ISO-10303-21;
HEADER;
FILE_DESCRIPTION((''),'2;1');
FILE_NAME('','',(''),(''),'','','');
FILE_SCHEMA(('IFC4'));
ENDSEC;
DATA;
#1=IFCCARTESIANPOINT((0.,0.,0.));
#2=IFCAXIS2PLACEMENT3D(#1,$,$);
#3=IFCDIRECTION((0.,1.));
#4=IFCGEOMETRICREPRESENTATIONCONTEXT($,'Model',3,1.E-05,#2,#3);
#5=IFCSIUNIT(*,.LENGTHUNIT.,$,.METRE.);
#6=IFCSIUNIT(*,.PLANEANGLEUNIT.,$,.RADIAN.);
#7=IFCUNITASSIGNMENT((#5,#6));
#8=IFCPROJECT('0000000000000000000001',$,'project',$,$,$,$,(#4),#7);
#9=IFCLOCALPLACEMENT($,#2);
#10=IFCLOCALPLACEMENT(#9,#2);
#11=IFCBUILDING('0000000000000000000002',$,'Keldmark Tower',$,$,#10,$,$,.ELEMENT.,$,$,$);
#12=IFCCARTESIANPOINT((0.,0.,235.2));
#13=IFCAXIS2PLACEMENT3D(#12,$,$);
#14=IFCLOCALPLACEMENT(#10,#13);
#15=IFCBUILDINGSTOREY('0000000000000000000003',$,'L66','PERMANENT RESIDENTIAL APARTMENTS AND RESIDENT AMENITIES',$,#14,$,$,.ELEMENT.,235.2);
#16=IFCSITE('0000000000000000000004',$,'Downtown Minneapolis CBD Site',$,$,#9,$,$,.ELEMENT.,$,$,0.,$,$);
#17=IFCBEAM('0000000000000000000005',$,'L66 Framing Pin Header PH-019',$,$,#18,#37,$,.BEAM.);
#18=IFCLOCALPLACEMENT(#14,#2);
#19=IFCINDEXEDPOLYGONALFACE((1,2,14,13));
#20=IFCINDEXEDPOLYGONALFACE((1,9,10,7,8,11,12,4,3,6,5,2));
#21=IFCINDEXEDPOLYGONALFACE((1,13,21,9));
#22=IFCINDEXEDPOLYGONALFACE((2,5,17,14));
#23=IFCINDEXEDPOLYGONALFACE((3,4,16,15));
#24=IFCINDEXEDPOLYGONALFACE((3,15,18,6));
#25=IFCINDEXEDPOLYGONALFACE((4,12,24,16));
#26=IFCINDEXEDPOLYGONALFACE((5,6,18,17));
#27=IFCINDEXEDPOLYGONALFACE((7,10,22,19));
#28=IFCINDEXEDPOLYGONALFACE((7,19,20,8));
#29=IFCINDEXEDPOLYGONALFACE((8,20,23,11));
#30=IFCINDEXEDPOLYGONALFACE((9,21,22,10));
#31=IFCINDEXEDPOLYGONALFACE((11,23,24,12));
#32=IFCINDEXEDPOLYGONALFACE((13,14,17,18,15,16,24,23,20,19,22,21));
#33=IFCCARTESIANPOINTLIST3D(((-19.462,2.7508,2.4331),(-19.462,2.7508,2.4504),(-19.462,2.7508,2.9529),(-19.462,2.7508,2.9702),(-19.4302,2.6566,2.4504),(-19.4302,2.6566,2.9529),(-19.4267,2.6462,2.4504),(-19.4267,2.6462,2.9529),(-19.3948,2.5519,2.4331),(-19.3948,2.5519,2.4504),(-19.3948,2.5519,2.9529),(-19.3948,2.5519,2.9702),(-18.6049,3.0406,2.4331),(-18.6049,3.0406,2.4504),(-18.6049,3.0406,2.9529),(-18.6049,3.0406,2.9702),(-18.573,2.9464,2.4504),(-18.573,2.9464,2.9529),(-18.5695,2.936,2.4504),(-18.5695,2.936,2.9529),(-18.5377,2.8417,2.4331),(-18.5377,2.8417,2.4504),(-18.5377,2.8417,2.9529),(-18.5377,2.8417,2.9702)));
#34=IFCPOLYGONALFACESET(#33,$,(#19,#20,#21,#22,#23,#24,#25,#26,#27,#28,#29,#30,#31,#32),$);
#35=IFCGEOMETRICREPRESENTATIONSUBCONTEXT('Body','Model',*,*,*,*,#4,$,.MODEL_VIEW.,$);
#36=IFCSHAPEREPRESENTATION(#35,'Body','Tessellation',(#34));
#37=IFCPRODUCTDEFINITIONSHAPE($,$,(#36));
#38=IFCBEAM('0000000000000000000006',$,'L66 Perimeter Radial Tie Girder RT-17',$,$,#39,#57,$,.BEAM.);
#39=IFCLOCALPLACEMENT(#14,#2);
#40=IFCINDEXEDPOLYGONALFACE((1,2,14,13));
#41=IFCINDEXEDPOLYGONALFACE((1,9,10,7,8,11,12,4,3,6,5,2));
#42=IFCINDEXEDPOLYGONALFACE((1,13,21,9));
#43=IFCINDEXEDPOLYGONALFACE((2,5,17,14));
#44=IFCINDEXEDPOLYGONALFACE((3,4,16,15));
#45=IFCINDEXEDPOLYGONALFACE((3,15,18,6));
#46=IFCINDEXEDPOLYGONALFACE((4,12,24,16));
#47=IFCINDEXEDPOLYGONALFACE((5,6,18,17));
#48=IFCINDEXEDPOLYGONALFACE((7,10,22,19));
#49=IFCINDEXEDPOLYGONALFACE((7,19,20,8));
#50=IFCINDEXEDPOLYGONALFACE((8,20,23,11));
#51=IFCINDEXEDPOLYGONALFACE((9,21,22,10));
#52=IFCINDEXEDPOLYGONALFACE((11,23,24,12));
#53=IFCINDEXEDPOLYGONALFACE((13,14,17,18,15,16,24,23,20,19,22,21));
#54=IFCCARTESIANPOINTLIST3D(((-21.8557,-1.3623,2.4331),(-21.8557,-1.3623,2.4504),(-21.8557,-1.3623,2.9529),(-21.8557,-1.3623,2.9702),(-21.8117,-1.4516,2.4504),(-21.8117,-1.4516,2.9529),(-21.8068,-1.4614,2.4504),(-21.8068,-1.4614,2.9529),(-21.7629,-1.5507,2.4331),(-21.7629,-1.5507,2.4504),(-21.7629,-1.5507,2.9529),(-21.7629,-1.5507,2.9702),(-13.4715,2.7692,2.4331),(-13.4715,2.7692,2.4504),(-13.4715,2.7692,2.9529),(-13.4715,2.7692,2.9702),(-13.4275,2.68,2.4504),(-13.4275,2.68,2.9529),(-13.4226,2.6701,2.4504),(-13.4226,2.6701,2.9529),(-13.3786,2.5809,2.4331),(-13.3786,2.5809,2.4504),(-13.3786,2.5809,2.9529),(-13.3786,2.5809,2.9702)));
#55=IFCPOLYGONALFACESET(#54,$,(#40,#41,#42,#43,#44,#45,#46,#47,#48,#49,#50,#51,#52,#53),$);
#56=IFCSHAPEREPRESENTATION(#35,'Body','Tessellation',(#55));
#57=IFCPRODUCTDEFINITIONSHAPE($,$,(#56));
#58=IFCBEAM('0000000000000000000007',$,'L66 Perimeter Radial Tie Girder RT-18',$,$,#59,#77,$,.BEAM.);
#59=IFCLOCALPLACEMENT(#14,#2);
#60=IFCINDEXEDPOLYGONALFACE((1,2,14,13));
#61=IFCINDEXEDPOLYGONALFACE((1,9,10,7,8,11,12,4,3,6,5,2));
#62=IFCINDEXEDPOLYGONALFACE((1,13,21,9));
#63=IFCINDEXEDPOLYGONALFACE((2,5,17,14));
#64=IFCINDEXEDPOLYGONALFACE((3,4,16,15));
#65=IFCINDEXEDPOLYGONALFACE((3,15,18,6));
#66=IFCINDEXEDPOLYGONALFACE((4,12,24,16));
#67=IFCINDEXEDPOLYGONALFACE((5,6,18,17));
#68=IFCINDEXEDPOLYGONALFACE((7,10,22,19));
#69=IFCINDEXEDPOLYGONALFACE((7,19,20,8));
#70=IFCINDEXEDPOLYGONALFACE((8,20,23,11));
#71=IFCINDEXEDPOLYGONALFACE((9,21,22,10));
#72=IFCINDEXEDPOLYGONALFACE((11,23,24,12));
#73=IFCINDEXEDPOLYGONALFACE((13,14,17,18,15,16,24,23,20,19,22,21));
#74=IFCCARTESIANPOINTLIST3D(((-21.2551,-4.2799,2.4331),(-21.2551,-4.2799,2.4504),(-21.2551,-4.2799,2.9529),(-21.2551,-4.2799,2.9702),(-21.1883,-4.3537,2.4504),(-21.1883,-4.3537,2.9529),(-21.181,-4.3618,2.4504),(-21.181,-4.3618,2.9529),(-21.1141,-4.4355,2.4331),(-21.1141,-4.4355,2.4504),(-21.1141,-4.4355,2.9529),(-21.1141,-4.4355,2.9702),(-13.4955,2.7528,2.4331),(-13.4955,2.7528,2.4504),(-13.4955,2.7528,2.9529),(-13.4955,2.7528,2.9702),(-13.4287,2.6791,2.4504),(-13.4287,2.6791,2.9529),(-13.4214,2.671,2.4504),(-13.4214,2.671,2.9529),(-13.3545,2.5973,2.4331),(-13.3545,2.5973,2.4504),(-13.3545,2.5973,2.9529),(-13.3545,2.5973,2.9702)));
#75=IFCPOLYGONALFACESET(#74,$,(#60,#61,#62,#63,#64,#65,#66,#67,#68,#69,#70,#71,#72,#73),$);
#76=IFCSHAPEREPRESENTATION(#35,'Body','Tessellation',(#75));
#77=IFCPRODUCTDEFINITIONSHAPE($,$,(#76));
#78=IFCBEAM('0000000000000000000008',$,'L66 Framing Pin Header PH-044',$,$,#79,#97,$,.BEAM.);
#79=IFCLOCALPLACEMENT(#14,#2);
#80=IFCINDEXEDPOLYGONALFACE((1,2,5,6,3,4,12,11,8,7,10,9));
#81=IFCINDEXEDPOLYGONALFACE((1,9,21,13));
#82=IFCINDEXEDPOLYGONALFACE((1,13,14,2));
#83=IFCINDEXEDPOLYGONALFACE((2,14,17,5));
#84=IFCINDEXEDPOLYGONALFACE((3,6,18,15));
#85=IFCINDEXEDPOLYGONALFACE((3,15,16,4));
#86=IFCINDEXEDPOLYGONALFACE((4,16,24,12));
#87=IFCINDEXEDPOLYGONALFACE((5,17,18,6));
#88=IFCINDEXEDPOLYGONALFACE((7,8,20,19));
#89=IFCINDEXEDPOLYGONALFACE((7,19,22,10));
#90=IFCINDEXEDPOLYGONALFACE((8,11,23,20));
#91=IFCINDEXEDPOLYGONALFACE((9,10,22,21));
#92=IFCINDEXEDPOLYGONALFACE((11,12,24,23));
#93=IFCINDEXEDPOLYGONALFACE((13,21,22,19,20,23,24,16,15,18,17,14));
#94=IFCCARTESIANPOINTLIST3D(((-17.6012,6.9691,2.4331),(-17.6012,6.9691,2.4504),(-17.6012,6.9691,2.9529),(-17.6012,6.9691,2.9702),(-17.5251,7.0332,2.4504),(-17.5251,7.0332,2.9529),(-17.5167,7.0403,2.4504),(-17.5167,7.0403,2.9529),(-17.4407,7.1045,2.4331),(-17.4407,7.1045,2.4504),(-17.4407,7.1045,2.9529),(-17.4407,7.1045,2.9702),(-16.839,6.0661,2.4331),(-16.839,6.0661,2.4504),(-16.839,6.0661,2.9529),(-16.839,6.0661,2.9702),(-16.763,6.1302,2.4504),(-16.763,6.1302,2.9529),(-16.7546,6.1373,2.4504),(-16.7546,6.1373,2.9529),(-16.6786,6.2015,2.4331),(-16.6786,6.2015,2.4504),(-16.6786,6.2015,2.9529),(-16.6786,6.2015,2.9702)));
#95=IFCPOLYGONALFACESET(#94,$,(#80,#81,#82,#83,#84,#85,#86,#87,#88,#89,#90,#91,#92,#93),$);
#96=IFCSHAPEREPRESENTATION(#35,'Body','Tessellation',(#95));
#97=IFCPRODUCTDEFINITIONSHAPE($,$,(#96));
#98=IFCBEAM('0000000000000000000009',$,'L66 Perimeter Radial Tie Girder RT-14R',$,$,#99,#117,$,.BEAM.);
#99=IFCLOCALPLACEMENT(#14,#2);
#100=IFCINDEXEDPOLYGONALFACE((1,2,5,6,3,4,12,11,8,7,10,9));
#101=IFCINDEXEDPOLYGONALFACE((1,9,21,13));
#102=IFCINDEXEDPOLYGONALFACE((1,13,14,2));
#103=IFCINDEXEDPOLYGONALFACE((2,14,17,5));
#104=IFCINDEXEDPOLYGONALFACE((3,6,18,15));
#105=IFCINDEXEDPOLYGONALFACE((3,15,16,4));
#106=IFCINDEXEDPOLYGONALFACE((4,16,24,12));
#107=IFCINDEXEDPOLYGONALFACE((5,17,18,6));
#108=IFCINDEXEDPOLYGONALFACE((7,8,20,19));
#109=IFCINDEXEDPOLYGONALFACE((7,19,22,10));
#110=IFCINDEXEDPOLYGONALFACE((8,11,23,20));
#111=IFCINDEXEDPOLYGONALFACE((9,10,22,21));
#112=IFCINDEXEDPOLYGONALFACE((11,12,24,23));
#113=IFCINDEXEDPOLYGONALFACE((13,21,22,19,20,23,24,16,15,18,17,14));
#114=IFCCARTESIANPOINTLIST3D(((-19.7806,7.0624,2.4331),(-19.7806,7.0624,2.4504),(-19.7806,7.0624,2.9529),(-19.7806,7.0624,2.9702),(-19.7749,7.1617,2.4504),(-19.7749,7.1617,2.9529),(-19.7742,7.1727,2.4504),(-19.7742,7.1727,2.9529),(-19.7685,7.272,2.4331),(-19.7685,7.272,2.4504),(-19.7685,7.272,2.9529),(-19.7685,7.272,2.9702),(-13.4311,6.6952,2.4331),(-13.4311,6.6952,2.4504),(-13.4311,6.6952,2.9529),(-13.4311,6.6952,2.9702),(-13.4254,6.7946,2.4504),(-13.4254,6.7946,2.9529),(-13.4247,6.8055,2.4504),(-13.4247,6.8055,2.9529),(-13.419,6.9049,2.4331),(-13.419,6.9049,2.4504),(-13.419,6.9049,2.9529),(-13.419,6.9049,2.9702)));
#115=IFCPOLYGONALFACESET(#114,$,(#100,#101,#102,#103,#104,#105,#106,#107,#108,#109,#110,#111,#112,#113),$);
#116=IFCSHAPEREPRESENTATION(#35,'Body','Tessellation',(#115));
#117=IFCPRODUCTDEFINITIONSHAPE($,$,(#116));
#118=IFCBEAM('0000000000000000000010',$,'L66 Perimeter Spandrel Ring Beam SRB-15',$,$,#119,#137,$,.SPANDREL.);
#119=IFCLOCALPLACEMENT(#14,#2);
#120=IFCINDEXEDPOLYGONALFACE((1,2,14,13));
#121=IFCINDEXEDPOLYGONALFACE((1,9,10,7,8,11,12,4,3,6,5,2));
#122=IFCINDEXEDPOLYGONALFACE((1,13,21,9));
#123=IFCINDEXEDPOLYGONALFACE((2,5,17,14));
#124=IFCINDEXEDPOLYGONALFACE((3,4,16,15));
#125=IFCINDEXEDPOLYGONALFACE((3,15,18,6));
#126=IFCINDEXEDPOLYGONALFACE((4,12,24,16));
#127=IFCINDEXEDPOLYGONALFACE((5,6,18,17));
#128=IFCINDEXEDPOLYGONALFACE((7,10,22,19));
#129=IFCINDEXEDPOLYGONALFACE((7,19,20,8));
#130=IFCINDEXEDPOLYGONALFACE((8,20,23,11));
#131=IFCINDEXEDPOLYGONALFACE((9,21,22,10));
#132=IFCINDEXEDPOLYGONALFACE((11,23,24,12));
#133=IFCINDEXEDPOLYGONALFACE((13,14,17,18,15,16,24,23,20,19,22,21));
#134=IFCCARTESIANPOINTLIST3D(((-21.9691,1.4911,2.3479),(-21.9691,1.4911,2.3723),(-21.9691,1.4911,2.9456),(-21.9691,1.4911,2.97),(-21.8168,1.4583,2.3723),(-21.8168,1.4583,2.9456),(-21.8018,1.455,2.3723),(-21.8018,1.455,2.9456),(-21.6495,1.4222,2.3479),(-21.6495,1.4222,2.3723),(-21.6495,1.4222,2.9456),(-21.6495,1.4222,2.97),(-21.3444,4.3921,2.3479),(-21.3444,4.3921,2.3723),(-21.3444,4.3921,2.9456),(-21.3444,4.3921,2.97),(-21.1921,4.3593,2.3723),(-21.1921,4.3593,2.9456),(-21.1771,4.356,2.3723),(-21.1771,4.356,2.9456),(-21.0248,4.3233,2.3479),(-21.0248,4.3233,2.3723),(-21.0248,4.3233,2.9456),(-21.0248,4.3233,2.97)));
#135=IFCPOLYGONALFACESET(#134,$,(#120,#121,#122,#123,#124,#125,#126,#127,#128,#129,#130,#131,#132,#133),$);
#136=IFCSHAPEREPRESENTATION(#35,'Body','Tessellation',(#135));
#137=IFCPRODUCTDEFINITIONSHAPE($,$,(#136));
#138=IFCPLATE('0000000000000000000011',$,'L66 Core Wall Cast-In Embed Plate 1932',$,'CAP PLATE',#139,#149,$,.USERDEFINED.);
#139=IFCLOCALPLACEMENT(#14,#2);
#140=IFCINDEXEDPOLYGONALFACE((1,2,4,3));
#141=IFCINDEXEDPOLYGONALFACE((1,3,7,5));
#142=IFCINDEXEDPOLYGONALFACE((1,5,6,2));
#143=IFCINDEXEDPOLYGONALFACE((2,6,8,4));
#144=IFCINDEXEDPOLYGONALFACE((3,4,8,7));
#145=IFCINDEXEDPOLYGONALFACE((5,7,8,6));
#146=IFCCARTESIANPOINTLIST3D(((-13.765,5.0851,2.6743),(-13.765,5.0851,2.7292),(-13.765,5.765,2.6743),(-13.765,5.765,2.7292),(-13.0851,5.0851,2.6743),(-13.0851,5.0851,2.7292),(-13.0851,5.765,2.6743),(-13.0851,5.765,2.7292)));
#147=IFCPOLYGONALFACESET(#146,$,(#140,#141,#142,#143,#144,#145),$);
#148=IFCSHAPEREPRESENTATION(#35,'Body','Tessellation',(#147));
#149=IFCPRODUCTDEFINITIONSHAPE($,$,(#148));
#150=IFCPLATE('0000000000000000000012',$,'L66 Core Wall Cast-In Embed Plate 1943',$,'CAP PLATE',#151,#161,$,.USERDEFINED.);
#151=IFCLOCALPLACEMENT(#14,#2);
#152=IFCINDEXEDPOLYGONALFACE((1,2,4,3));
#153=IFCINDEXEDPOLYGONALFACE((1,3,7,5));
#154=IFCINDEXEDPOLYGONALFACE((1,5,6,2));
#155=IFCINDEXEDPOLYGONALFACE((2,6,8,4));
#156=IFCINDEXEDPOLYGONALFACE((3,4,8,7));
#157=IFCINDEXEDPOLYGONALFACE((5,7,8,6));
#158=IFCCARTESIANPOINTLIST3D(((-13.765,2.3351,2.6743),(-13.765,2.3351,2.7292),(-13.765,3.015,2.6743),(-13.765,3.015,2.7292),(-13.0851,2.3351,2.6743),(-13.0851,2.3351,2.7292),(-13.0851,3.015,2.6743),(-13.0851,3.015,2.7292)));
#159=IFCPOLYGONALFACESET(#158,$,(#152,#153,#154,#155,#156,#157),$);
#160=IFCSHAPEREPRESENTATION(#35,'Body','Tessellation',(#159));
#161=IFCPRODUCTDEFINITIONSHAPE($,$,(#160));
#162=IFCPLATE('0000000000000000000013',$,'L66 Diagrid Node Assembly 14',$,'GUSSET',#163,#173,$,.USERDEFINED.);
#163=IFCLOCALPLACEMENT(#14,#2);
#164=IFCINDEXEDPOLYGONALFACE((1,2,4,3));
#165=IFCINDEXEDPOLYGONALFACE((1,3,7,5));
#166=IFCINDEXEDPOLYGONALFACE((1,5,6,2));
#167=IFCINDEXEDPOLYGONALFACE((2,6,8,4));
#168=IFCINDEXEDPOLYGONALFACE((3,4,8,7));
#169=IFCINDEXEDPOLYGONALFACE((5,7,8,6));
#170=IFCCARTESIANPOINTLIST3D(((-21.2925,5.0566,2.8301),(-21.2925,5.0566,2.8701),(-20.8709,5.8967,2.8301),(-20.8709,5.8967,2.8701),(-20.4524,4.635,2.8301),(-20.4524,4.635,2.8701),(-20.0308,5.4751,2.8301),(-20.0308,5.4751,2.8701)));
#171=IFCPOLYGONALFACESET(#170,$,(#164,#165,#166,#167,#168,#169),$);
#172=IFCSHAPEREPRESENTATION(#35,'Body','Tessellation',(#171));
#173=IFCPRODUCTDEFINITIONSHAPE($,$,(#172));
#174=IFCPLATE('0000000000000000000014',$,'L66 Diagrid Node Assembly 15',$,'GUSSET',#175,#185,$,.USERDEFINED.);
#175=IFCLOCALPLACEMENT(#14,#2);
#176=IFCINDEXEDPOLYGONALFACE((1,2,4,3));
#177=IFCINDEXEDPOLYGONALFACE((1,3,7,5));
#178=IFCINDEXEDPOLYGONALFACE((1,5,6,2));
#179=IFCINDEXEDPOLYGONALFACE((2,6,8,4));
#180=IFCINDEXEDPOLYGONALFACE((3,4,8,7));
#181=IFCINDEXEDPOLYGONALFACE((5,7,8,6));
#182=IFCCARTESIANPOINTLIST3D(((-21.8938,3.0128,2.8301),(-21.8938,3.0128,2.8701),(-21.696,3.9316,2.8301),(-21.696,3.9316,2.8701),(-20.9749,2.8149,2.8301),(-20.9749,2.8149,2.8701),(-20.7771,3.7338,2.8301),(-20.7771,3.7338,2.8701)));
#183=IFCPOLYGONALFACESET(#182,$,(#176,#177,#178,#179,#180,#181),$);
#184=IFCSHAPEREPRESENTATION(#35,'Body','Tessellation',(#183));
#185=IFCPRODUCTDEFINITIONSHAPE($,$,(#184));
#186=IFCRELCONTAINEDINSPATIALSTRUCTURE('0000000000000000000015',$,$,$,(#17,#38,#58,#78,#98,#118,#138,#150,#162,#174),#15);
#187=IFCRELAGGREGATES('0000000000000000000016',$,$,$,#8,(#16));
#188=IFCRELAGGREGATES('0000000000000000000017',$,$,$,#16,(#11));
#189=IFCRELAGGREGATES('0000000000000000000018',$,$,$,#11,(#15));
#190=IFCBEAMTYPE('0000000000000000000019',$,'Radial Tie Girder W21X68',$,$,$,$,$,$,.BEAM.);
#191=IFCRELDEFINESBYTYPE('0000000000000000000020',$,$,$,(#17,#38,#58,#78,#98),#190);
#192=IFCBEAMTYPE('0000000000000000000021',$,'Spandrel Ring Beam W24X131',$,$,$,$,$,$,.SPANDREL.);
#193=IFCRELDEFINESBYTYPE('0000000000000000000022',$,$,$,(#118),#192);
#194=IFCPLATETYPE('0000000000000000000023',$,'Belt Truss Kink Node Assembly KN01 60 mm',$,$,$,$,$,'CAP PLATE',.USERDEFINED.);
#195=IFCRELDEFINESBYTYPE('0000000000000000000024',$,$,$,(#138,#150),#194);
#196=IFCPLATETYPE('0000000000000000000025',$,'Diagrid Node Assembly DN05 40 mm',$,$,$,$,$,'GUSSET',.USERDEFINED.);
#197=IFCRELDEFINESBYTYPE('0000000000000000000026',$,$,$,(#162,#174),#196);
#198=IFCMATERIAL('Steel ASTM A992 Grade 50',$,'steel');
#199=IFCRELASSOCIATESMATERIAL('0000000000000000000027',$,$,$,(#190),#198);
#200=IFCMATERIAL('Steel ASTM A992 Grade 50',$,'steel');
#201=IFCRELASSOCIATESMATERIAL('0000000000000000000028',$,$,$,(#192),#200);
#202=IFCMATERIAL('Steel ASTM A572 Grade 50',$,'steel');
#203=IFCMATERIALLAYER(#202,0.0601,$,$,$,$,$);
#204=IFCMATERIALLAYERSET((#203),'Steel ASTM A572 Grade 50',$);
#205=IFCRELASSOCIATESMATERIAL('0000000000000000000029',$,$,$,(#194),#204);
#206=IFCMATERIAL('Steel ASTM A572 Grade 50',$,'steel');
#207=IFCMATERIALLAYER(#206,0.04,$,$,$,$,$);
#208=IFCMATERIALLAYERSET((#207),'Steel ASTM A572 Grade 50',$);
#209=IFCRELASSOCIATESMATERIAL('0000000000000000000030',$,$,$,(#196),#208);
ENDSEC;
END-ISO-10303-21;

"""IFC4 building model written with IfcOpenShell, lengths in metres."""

from ifc_helpers import new_model, si_unit, direction, frame, origin, origin_2d, place, context, subcontext, project, spatial, rectangle, i_section, extrude, material, layer, layer_set, material_profile, profile_set, type_object, element, save


model = new_model("IFC4")

# Units and contexts
model_context = context("Model", 3, precision=1e-05, world=origin(), true_north=direction((0.0, 1.0)))
body_context = subcontext(model_context, "Body", "Model", "MODEL_VIEW")
ifc_project = project(units=[si_unit("LENGTHUNIT", "METRE"), si_unit("PLANEANGLEUNIT", "RADIAN")], contexts=[model_context])

# Site, building, storey
site_placement = place(None, origin())
site = spatial("IfcSite", under=ifc_project, at=site_placement, Name="Downtown Minneapolis CBD Site", CompositionType="ELEMENT", RefElevation=0.0)
building_placement = place(site_placement, origin())
building = spatial("IfcBuilding", under=site, at=building_placement, Name="Keldmark Tower", CompositionType="ELEMENT")
storey_placement = place(building_placement, frame((0.0, 0.0, 235.2)))
storey = spatial("IfcBuildingStorey", under=building, at=storey_placement, Name="L66", Description="PERMANENT RESIDENTIAL APARTMENTS AND RESIDENT AMENITIES", CompositionType="ELEMENT", Elevation=235.2)

# Beams
ifc_material_1 = material(Name="Steel ASTM A992 Grade 50", Category="steel")
ifc_material_profile_1 = material_profile(ifc_material_1, i_section(OverallWidth=0.21, OverallDepth=0.5371, WebThickness=0.011, FlangeThickness=0.0173, at=origin_2d()), Name="W21X68")
ifc_profile_set_1 = profile_set([ifc_material_profile_1], Name="Steel ASTM A992 Grade 50")
beam_type_1 = type_object("IfcBeamType", Name="Radial Tie Girder W21X68", PredefinedType="BEAM", material=ifc_profile_set_1)
beam_1_placement = place(storey_placement, frame((-18.5713, 2.9412, 2.7017), z_axis=(-0.947326, -0.320272, 0.0), x_axis=(0.320272, -0.947326, 0.0)))
element("IfcBeam", 1, at=beam_1_placement, inside=storey, type_object=beam_type_1, Name="L66 Framing Pin Header PH-019", PredefinedType="BEAM", context=body_context, shape_type="SweptSolid", body=[
    extrude(i_section(OverallWidth=0.21, OverallDepth=0.5371, WebThickness=0.011, FlangeThickness=0.0173, at=origin_2d()), origin(), (0.0, 0.0, 1.0), 0.9048),
])
beam_2_placement = place(storey_placement, frame((-13.425, 2.675, 2.7017), z_axis=(-0.897003, -0.442024, 0.0), x_axis=(0.442024, -0.897003, 0.0)))
element("IfcBeam", 2, at=beam_2_placement, inside=storey, type_object=beam_type_1, Name="L66 Perimeter Radial Tie Girder RT-17", PredefinedType="BEAM", context=body_context, shape_type="SweptSolid", body=[
    extrude(i_section(OverallWidth=0.21, OverallDepth=0.5371, WebThickness=0.011, FlangeThickness=0.0173, at=origin_2d()), origin(), (0.0, 0.0, 1.0), 9.3469),
])
beam_3_placement = place(storey_placement, frame((-13.425, 2.675, 2.7017), z_axis=(-0.740956, -0.671553, 0.0), x_axis=(0.671553, -0.740956, 0.0)))
element("IfcBeam", 3, at=beam_3_placement, inside=storey, type_object=beam_type_1, Name="L66 Perimeter Radial Tie Girder RT-18", PredefinedType="BEAM", context=body_context, shape_type="SweptSolid", body=[
    extrude(i_section(OverallWidth=0.21, OverallDepth=0.5371, WebThickness=0.011, FlangeThickness=0.0173, at=origin_2d()), origin(), (0.0, 0.0, 1.0), 10.4724),
])
beam_4_placement = place(storey_placement, frame((-16.7588, 6.1338, 2.7017), z_axis=(-0.644988, 0.764193, 0.0), x_axis=(-0.764193, -0.644988, 0.0)))
element("IfcBeam", 4, at=beam_4_placement, inside=storey, type_object=beam_type_1, Name="L66 Framing Pin Header PH-044", PredefinedType="BEAM", context=body_context, shape_type="SweptSolid", body=[
    extrude(i_section(OverallWidth=0.21, OverallDepth=0.5371, WebThickness=0.011, FlangeThickness=0.0173, at=origin_2d()), origin(), (0.0, 0.0, 1.0), 1.1816),
])
beam_5_placement = place(storey_placement, frame((-13.425, 6.8, 2.7017), z_axis=(-0.998332, 0.057732, 0.0), x_axis=(-0.057732, -0.998332, 0.0)))
element("IfcBeam", 5, at=beam_5_placement, inside=storey, type_object=beam_type_1, Name="L66 Perimeter Radial Tie Girder RT-14R", PredefinedType="BEAM", context=body_context, shape_type="SweptSolid", body=[
    extrude(i_section(OverallWidth=0.21, OverallDepth=0.5371, WebThickness=0.011, FlangeThickness=0.0173, at=origin_2d()), origin(), (0.0, 0.0, 1.0), 6.3601),
])
ifc_material_2 = material(Name="Steel ASTM A992 Grade 50", Category="steel")
ifc_material_profile_2 = material_profile(ifc_material_2, i_section(OverallWidth=0.3269, OverallDepth=0.6221, WebThickness=0.0154, FlangeThickness=0.0244, at=origin_2d()), Name="W24X131")
ifc_profile_set_2 = profile_set([ifc_material_profile_2], Name="Steel ASTM A992 Grade 50")
beam_type_2 = type_object("IfcBeamType", Name="Spandrel Ring Beam W24X131", PredefinedType="SPANDREL", material=ifc_profile_set_2)
beam_6_placement = place(storey_placement, frame((-21.1846, 4.3577, 2.6589), z_axis=(-0.210523, -0.977589, 0.0), x_axis=(0.977589, -0.210523, 0.0)))
element("IfcBeam", 6, at=beam_6_placement, inside=storey, type_object=beam_type_2, Name="L66 Perimeter Spandrel Ring Beam SRB-15", PredefinedType="SPANDREL", context=body_context, shape_type="SweptSolid", body=[
    extrude(i_section(OverallWidth=0.3269, OverallDepth=0.6221, WebThickness=0.0154, FlangeThickness=0.0244, at=origin_2d()), origin(), (0.0, 0.0, 1.0), 2.9675),
])

# Plates
ifc_material_3 = material(Name="Steel ASTM A572 Grade 50", Category="steel")
ifc_layer_1 = layer(ifc_material_3, 0.0601)
ifc_layer_set_1 = layer_set([ifc_layer_1], Name="Steel ASTM A572 Grade 50")
plate_type_1 = type_object("IfcPlateType", Name="Belt Truss Kink Node Assembly KN01 60 mm", ElementType="CAP PLATE", PredefinedType="USERDEFINED", material=ifc_layer_set_1)
for number, where, z_axis, x_axis, name in (
    (7, (-13.425, 5.425, 2.6743), (0.0, 0.0, 1.0), (1.0, 0.0, 0.0), "L66 Core Wall Cast-In Embed Plate 1932"),
    (8, (-13.425, 2.675, 2.6743), (0.0, 0.0, 1.0), (1.0, 0.0, 0.0), "L66 Core Wall Cast-In Embed Plate 1943"),
):
    element("IfcPlate", number, at=place(storey_placement, frame(where, z_axis=z_axis, x_axis=x_axis)), inside=storey, type_object=plate_type_1, Name=name, ObjectType="CAP PLATE", PredefinedType="USERDEFINED", context=body_context, shape_type="SweptSolid", body=[
        extrude(rectangle(XDim=0.6799, YDim=0.6799, at=origin_2d()), origin(), (0.0, 0.0, 1.0), 0.0549),
    ])
ifc_material_4 = material(Name="Steel ASTM A572 Grade 50", Category="steel")
ifc_layer_2 = layer(ifc_material_4, 0.04)
ifc_layer_set_2 = layer_set([ifc_layer_2], Name="Steel ASTM A572 Grade 50")
plate_type_2 = type_object("IfcPlateType", Name="Diagrid Node Assembly DN05 40 mm", ElementType="GUSSET", PredefinedType="USERDEFINED", material=ifc_layer_set_2)
for number, where, z_axis, x_axis, name in (
    (9, (-20.6616, 5.2659, 2.8301), (0.0, 0.0, 1.0), (-0.448539, -0.893763, 0.0), "L66 Diagrid Node Assembly 14"),
    (10, (-21.3354, 3.3733, 2.8301), (0.0, 0.0, 1.0), (-0.210472, -0.9776, 0.0), "L66 Diagrid Node Assembly 15"),
):
    element("IfcPlate", number, at=place(storey_placement, frame(where, z_axis=z_axis, x_axis=x_axis)), inside=storey, type_object=plate_type_2, Name=name, ObjectType="GUSSET", PredefinedType="USERDEFINED", context=body_context, shape_type="SweptSolid", body=[
        extrude(rectangle(XDim=0.9399, YDim=0.9399, at=origin_2d()), origin(), (0.0, 0.0, 1.0), 0.04),
    ])

save(model, "model.ifc")
